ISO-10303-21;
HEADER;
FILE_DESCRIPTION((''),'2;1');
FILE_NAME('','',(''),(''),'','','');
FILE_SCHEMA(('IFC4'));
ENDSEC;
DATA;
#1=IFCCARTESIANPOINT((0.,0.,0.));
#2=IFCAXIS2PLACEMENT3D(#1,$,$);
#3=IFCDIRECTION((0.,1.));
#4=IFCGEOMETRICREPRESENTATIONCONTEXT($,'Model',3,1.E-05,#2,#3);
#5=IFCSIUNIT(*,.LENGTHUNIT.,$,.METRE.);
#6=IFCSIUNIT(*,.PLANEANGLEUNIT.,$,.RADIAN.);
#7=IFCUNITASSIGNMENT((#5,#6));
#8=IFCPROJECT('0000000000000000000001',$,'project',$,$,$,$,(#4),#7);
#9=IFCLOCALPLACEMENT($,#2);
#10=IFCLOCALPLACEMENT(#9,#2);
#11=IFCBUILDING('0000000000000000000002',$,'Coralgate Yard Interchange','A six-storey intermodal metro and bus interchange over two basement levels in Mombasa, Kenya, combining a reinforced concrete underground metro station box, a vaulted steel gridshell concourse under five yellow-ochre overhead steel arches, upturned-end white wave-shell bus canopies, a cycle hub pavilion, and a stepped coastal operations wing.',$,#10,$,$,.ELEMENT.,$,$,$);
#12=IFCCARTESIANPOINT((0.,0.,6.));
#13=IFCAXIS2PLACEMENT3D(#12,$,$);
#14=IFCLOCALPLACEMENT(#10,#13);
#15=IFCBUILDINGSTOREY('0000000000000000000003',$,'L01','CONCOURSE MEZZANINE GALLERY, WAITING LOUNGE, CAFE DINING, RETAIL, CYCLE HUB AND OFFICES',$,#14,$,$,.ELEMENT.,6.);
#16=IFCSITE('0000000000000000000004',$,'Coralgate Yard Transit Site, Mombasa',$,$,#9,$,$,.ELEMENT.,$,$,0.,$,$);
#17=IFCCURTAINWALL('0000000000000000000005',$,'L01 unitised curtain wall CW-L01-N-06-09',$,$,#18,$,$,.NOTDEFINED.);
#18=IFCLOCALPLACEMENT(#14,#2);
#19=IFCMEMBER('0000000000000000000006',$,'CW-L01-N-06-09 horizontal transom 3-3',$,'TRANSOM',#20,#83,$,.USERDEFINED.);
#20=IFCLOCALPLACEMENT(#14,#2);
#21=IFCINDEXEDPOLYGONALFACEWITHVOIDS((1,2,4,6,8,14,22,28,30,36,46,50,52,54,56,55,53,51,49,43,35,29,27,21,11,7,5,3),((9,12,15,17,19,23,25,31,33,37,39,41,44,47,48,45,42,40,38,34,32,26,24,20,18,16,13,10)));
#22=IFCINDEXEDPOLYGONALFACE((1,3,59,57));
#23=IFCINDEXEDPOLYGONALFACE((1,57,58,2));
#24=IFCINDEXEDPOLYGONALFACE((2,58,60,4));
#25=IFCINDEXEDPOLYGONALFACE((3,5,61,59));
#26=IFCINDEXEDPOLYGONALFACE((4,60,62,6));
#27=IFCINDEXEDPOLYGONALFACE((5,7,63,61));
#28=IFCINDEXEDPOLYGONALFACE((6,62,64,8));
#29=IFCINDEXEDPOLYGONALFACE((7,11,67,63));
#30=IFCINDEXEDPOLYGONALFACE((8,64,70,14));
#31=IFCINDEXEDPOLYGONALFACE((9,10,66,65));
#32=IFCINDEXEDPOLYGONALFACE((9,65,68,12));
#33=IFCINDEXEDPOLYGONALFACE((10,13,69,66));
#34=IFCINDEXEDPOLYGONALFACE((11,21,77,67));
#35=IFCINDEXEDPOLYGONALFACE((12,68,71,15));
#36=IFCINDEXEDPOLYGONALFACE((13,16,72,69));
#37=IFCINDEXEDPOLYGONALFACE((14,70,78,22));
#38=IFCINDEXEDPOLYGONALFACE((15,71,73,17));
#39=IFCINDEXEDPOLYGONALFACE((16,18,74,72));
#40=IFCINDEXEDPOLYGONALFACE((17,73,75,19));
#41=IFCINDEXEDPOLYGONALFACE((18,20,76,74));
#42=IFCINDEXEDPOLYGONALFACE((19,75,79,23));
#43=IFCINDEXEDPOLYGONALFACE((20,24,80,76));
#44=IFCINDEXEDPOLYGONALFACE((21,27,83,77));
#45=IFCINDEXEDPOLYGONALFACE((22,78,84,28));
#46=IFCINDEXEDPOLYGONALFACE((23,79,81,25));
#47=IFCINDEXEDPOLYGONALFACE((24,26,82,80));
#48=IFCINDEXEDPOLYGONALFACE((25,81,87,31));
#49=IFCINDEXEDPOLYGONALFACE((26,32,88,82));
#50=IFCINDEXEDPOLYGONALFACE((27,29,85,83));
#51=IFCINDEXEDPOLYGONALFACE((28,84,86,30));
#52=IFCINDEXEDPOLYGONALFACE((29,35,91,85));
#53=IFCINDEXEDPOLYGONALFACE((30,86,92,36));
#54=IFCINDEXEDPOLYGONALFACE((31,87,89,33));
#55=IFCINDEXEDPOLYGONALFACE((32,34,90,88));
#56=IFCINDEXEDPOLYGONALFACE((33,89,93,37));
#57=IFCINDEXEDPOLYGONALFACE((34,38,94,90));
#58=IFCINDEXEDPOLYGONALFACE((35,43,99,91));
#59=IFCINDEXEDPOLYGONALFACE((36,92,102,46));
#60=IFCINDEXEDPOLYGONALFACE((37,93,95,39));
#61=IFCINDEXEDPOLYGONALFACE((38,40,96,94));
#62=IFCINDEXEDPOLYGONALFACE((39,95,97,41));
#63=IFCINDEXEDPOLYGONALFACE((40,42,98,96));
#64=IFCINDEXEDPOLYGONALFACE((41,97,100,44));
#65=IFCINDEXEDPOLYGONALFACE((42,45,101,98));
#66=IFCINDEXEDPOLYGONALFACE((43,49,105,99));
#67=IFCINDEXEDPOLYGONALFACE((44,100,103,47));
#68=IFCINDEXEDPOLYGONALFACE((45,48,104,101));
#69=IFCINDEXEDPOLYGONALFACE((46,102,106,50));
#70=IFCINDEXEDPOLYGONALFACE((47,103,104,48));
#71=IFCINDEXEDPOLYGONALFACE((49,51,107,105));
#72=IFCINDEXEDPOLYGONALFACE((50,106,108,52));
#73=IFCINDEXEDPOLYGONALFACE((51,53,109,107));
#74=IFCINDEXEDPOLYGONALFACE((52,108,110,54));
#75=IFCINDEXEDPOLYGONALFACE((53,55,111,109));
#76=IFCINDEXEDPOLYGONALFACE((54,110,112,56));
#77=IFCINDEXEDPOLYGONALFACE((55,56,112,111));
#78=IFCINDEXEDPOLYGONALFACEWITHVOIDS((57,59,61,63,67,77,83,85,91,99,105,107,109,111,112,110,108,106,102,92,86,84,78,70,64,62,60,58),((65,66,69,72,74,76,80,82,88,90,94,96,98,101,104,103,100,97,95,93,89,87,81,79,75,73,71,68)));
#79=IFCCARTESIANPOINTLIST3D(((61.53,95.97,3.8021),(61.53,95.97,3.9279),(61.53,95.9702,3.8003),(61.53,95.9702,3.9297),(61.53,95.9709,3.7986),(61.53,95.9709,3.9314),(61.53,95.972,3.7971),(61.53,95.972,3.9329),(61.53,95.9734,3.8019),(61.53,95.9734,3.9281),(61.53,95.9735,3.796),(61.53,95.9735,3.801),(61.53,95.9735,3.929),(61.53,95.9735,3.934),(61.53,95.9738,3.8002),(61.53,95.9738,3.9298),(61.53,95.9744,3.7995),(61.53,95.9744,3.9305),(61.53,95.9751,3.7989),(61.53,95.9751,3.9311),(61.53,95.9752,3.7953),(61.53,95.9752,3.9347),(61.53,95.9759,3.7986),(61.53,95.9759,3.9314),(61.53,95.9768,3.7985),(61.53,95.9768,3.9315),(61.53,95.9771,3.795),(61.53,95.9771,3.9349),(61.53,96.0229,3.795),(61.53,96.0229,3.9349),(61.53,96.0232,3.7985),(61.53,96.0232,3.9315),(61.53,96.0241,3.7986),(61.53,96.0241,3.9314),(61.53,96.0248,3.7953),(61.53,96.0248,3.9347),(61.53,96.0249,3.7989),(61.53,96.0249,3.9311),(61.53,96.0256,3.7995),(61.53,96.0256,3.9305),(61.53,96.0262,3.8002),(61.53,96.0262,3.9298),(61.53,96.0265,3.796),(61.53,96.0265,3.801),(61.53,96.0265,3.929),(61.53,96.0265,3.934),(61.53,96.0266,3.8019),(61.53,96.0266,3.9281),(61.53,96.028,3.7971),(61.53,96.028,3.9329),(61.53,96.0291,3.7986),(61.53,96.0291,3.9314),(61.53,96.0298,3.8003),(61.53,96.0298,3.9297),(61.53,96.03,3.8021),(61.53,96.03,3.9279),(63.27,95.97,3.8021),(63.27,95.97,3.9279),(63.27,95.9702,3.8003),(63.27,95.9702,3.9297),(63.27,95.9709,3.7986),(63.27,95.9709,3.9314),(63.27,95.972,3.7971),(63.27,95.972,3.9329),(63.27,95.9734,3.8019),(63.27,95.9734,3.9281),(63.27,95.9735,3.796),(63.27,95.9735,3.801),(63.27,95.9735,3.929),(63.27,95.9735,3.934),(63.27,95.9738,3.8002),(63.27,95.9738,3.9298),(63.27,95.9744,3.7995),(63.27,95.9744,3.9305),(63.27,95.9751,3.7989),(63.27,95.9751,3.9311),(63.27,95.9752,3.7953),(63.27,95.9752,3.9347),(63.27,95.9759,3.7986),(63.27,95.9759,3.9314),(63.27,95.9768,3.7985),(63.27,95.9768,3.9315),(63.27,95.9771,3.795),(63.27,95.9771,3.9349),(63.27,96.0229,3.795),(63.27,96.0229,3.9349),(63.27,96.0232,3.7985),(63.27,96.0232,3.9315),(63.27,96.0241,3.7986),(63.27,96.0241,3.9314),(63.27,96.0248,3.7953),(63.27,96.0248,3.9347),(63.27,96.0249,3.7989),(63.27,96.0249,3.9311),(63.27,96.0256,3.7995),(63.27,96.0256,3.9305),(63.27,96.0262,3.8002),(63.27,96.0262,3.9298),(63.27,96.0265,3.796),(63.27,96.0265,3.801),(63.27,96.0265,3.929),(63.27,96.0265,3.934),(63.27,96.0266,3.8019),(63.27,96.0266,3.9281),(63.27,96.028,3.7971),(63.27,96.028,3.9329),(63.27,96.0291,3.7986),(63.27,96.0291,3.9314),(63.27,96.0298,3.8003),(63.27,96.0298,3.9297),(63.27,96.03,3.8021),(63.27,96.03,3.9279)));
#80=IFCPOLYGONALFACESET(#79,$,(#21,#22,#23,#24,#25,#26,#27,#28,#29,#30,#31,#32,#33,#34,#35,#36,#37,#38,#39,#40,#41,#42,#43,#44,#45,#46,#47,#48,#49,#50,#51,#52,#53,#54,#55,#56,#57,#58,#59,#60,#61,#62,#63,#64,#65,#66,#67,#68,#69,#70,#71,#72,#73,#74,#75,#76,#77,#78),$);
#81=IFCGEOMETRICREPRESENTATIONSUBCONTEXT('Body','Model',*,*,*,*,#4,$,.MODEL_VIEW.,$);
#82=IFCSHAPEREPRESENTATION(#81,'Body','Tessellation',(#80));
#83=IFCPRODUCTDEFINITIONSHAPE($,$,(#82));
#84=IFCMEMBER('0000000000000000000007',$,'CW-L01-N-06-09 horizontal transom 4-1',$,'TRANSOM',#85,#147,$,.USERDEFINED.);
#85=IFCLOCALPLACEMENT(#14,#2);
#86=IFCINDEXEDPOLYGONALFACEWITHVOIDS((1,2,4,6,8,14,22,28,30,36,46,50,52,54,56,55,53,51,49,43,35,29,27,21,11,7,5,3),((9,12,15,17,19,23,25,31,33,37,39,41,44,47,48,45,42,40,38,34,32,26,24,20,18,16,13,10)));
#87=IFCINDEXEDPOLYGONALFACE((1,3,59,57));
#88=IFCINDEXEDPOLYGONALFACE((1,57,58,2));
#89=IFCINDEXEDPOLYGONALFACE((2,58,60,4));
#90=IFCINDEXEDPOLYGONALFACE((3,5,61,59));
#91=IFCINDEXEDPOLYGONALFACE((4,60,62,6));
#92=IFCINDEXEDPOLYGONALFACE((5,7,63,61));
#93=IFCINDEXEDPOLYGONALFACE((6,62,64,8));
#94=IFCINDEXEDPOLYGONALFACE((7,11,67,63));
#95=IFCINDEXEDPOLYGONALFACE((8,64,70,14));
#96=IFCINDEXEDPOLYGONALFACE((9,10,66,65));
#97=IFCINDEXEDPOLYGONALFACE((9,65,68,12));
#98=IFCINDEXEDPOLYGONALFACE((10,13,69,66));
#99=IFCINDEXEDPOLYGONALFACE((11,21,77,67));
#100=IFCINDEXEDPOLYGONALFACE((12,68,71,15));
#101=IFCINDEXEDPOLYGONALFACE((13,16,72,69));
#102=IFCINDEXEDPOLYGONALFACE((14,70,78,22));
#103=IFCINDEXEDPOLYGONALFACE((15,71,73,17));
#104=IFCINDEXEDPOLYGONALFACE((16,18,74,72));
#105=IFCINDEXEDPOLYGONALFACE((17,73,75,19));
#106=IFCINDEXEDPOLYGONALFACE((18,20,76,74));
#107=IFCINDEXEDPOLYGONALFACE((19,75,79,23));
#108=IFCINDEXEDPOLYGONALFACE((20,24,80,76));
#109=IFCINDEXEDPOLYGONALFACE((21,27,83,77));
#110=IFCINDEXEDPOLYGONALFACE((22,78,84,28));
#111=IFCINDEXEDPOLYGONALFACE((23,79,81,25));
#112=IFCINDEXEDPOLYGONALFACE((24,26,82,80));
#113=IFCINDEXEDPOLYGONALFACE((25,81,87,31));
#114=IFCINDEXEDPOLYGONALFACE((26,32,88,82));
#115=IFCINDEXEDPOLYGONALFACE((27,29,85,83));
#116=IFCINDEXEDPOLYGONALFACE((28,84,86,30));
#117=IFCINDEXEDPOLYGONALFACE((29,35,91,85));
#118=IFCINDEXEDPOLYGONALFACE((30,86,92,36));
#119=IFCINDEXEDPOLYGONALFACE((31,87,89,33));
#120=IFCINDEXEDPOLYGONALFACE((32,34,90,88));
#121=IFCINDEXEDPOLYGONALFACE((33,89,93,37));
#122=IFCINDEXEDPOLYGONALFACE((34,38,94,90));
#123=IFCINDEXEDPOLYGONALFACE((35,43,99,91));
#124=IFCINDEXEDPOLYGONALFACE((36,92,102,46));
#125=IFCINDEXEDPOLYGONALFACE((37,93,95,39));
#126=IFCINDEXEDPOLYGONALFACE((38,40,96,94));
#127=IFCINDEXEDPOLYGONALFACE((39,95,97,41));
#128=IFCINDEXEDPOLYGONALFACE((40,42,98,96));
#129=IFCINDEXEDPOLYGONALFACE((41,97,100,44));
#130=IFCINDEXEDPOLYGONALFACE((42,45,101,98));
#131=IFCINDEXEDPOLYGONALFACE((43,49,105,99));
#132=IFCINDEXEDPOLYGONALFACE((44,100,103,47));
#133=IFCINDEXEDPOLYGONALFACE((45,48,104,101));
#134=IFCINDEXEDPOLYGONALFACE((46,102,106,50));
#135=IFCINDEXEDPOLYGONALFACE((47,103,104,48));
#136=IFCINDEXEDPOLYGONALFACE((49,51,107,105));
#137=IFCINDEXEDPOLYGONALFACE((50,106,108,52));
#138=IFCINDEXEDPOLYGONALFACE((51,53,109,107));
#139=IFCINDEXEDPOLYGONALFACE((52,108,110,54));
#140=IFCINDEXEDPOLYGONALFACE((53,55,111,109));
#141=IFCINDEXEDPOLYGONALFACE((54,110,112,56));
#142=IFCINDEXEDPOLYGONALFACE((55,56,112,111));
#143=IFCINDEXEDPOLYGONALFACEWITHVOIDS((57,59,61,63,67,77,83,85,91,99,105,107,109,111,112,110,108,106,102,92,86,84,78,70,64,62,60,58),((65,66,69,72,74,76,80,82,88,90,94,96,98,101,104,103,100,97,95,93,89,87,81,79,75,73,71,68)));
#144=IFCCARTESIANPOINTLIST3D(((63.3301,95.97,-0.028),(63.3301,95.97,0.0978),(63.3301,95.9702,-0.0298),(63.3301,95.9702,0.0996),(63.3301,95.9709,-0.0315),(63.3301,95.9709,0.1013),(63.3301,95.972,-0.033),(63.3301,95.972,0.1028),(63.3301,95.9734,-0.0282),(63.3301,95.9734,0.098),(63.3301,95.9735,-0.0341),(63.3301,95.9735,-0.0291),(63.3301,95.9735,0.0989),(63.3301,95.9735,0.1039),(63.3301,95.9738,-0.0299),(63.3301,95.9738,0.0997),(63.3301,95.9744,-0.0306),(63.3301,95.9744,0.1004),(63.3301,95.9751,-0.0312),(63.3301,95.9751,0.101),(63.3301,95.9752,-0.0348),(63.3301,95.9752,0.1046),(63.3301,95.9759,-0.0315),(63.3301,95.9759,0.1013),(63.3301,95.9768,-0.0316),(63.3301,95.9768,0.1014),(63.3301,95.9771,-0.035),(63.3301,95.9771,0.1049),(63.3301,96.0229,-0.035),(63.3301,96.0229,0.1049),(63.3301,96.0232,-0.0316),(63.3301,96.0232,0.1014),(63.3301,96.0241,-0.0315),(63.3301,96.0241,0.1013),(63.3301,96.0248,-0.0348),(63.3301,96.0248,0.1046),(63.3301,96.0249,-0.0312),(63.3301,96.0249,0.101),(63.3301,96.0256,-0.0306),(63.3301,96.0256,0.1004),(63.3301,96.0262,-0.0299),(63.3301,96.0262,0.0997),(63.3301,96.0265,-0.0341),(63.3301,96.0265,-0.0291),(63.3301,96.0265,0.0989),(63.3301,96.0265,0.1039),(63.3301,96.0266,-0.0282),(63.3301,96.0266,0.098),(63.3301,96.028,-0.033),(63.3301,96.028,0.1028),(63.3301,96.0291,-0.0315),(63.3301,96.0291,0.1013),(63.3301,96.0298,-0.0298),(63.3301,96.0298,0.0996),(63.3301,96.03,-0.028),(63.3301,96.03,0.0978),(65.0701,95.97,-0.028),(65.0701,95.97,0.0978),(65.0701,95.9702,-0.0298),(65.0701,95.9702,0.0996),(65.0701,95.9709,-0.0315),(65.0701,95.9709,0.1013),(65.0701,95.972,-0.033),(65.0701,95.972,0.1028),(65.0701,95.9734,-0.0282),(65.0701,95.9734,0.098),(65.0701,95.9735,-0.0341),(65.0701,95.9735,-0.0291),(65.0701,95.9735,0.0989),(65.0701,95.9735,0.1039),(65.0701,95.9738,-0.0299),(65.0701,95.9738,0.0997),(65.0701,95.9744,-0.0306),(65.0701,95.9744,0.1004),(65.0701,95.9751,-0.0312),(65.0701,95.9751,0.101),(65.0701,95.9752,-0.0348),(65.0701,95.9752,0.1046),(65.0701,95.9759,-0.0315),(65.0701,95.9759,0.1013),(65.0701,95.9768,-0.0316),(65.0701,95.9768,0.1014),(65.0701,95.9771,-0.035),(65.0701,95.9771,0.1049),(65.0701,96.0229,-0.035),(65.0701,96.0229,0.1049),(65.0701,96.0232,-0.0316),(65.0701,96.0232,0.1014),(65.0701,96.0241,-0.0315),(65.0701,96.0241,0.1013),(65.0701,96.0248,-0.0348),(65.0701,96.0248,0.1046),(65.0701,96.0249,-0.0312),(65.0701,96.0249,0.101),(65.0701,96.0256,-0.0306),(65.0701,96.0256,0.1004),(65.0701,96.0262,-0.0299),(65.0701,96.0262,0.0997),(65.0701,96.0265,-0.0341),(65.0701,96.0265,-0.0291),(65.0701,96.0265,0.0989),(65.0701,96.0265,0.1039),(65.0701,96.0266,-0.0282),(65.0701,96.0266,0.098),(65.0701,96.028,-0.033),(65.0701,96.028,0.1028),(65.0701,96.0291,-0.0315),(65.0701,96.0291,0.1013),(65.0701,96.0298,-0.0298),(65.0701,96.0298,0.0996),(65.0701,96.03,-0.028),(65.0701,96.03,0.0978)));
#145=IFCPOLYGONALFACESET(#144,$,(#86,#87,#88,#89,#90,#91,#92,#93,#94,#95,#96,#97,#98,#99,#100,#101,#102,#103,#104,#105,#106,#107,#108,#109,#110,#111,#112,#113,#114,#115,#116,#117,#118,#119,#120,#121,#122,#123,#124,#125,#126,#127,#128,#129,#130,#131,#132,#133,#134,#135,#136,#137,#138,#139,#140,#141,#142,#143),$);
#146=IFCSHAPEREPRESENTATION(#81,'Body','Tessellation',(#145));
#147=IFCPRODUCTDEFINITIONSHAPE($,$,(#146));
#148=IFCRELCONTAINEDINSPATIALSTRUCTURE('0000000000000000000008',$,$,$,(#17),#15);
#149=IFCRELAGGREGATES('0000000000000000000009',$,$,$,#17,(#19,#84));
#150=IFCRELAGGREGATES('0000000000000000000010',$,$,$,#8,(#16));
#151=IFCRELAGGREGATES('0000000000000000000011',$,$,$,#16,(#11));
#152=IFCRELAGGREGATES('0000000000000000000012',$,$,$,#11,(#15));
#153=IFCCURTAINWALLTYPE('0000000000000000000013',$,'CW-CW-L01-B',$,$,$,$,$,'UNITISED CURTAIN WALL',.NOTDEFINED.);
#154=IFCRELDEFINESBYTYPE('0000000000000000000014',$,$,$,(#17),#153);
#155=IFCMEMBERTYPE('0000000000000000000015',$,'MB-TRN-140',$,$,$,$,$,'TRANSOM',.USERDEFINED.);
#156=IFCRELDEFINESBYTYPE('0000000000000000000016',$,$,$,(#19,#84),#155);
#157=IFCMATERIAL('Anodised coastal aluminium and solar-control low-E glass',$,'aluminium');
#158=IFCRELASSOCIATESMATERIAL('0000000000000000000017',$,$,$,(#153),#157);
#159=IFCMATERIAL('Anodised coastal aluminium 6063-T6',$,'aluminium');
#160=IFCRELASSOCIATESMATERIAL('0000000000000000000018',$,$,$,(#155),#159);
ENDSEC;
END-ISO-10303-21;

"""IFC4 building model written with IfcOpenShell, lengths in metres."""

from ifc_helpers import new_model, si_unit, direction, frame, origin, origin_2d, place, context, subcontext, project, spatial, hollow_rectangle, extrude, material, material_profile, profile_set, type_object, element, aggregate, save


model = new_model("IFC4")

# Units and contexts
model_context = context("Model", 3, precision=1e-05, world=origin(), true_north=direction((0.0, 1.0)))
body_context = subcontext(model_context, "Body", "Model", "MODEL_VIEW")
ifc_project = project(units=[si_unit("LENGTHUNIT", "METRE"), si_unit("PLANEANGLEUNIT", "RADIAN")], contexts=[model_context])

# Site, building, storey
site_placement = place(None, origin())
site = spatial("IfcSite", under=ifc_project, at=site_placement, Name="Coralgate Yard Transit Site, Mombasa", CompositionType="ELEMENT", RefElevation=0.0)
building_placement = place(site_placement, origin())
building = spatial("IfcBuilding", under=site, at=building_placement, Name="Coralgate Yard Interchange", Description="A six-storey intermodal metro and bus interchange over two basement levels in Mombasa, Kenya, combining a reinforced concrete underground metro station box, a vaulted steel gridshell concourse under five yellow-ochre overhead steel arches, upturned-end white wave-shell bus canopies, a cycle hub pavilion, and a stepped coastal operations wing.", CompositionType="ELEMENT")
storey_placement = place(building_placement, frame((0.0, 0.0, 6.0)))
storey = spatial("IfcBuildingStorey", under=building, at=storey_placement, Name="L01", Description="CONCOURSE MEZZANINE GALLERY, WAITING LOUNGE, CAFE DINING, RETAIL, CYCLE HUB AND OFFICES", CompositionType="ELEMENT", Elevation=6.0)

# Curtain wall
ifc_material_1 = material(Name="Anodised coastal aluminium and solar-control low-E glass", Category="aluminium")
curtain_wall_type = type_object("IfcCurtainWallType", Name="CW-CW-L01-B", ElementType="UNITISED CURTAIN WALL", PredefinedType="NOTDEFINED", material=ifc_material_1)
curtain_wall_1_placement = place(storey_placement, origin())
curtain_wall_1 = element("IfcCurtainWall", 1, at=curtain_wall_1_placement, inside=storey, type_object=curtain_wall_type, Name="L01 unitised curtain wall CW-L01-N-06-09", PredefinedType="NOTDEFINED")
ifc_material_2 = material(Name="Anodised coastal aluminium 6063-T6", Category="aluminium")

# Members
ifc_material_profile_1 = material_profile(ifc_material_2, hollow_rectangle(XDim=0.0601, YDim=0.1399, WallThickness=0.0034, InnerFilletRadius=0.0034, OuterFilletRadius=0.0071, at=origin_2d()), Name="ALU 60x140x3.5")
ifc_profile_set_1 = profile_set([ifc_material_profile_1], Name="Anodised coastal aluminium 6063-T6")
member_type_1 = type_object("IfcMemberType", Name="MB-TRN-140", ElementType="TRANSOM", PredefinedType="USERDEFINED", material=ifc_profile_set_1)
member_1_placement = place(storey_placement, frame((61.53, 96.0, 3.865), z_axis=(1.0, 0.0, 0.0), x_axis=(0.0, 1.0, 0.0)))
member_1 = element("IfcMember", 2, at=member_1_placement, type_object=member_type_1, Name="CW-L01-N-06-09 horizontal transom 3-3", ObjectType="TRANSOM", PredefinedType="USERDEFINED", context=body_context, shape_type="SweptSolid", body=[
    extrude(hollow_rectangle(XDim=0.0601, YDim=0.1399, WallThickness=0.0034, InnerFilletRadius=0.0034, OuterFilletRadius=0.0071, at=origin_2d()), origin(), (0.0, 0.0, 1.0), 1.74),
])
member_2_placement = place(storey_placement, frame((63.3301, 96.0, 0.0349), z_axis=(1.0, 0.0, 0.0), x_axis=(0.0, 1.0, 0.0)))
member_2 = element("IfcMember", 3, at=member_2_placement, type_object=member_type_1, Name="CW-L01-N-06-09 horizontal transom 4-1", ObjectType="TRANSOM", PredefinedType="USERDEFINED", context=body_context, shape_type="SweptSolid", body=[
    extrude(hollow_rectangle(XDim=0.0601, YDim=0.1399, WallThickness=0.0034, InnerFilletRadius=0.0034, OuterFilletRadius=0.0071, at=origin_2d()), origin(), (0.0, 0.0, 1.0), 1.74),
])

aggregate(curtain_wall_1, [member_1, member_2])

save(model, "model.ifc")
